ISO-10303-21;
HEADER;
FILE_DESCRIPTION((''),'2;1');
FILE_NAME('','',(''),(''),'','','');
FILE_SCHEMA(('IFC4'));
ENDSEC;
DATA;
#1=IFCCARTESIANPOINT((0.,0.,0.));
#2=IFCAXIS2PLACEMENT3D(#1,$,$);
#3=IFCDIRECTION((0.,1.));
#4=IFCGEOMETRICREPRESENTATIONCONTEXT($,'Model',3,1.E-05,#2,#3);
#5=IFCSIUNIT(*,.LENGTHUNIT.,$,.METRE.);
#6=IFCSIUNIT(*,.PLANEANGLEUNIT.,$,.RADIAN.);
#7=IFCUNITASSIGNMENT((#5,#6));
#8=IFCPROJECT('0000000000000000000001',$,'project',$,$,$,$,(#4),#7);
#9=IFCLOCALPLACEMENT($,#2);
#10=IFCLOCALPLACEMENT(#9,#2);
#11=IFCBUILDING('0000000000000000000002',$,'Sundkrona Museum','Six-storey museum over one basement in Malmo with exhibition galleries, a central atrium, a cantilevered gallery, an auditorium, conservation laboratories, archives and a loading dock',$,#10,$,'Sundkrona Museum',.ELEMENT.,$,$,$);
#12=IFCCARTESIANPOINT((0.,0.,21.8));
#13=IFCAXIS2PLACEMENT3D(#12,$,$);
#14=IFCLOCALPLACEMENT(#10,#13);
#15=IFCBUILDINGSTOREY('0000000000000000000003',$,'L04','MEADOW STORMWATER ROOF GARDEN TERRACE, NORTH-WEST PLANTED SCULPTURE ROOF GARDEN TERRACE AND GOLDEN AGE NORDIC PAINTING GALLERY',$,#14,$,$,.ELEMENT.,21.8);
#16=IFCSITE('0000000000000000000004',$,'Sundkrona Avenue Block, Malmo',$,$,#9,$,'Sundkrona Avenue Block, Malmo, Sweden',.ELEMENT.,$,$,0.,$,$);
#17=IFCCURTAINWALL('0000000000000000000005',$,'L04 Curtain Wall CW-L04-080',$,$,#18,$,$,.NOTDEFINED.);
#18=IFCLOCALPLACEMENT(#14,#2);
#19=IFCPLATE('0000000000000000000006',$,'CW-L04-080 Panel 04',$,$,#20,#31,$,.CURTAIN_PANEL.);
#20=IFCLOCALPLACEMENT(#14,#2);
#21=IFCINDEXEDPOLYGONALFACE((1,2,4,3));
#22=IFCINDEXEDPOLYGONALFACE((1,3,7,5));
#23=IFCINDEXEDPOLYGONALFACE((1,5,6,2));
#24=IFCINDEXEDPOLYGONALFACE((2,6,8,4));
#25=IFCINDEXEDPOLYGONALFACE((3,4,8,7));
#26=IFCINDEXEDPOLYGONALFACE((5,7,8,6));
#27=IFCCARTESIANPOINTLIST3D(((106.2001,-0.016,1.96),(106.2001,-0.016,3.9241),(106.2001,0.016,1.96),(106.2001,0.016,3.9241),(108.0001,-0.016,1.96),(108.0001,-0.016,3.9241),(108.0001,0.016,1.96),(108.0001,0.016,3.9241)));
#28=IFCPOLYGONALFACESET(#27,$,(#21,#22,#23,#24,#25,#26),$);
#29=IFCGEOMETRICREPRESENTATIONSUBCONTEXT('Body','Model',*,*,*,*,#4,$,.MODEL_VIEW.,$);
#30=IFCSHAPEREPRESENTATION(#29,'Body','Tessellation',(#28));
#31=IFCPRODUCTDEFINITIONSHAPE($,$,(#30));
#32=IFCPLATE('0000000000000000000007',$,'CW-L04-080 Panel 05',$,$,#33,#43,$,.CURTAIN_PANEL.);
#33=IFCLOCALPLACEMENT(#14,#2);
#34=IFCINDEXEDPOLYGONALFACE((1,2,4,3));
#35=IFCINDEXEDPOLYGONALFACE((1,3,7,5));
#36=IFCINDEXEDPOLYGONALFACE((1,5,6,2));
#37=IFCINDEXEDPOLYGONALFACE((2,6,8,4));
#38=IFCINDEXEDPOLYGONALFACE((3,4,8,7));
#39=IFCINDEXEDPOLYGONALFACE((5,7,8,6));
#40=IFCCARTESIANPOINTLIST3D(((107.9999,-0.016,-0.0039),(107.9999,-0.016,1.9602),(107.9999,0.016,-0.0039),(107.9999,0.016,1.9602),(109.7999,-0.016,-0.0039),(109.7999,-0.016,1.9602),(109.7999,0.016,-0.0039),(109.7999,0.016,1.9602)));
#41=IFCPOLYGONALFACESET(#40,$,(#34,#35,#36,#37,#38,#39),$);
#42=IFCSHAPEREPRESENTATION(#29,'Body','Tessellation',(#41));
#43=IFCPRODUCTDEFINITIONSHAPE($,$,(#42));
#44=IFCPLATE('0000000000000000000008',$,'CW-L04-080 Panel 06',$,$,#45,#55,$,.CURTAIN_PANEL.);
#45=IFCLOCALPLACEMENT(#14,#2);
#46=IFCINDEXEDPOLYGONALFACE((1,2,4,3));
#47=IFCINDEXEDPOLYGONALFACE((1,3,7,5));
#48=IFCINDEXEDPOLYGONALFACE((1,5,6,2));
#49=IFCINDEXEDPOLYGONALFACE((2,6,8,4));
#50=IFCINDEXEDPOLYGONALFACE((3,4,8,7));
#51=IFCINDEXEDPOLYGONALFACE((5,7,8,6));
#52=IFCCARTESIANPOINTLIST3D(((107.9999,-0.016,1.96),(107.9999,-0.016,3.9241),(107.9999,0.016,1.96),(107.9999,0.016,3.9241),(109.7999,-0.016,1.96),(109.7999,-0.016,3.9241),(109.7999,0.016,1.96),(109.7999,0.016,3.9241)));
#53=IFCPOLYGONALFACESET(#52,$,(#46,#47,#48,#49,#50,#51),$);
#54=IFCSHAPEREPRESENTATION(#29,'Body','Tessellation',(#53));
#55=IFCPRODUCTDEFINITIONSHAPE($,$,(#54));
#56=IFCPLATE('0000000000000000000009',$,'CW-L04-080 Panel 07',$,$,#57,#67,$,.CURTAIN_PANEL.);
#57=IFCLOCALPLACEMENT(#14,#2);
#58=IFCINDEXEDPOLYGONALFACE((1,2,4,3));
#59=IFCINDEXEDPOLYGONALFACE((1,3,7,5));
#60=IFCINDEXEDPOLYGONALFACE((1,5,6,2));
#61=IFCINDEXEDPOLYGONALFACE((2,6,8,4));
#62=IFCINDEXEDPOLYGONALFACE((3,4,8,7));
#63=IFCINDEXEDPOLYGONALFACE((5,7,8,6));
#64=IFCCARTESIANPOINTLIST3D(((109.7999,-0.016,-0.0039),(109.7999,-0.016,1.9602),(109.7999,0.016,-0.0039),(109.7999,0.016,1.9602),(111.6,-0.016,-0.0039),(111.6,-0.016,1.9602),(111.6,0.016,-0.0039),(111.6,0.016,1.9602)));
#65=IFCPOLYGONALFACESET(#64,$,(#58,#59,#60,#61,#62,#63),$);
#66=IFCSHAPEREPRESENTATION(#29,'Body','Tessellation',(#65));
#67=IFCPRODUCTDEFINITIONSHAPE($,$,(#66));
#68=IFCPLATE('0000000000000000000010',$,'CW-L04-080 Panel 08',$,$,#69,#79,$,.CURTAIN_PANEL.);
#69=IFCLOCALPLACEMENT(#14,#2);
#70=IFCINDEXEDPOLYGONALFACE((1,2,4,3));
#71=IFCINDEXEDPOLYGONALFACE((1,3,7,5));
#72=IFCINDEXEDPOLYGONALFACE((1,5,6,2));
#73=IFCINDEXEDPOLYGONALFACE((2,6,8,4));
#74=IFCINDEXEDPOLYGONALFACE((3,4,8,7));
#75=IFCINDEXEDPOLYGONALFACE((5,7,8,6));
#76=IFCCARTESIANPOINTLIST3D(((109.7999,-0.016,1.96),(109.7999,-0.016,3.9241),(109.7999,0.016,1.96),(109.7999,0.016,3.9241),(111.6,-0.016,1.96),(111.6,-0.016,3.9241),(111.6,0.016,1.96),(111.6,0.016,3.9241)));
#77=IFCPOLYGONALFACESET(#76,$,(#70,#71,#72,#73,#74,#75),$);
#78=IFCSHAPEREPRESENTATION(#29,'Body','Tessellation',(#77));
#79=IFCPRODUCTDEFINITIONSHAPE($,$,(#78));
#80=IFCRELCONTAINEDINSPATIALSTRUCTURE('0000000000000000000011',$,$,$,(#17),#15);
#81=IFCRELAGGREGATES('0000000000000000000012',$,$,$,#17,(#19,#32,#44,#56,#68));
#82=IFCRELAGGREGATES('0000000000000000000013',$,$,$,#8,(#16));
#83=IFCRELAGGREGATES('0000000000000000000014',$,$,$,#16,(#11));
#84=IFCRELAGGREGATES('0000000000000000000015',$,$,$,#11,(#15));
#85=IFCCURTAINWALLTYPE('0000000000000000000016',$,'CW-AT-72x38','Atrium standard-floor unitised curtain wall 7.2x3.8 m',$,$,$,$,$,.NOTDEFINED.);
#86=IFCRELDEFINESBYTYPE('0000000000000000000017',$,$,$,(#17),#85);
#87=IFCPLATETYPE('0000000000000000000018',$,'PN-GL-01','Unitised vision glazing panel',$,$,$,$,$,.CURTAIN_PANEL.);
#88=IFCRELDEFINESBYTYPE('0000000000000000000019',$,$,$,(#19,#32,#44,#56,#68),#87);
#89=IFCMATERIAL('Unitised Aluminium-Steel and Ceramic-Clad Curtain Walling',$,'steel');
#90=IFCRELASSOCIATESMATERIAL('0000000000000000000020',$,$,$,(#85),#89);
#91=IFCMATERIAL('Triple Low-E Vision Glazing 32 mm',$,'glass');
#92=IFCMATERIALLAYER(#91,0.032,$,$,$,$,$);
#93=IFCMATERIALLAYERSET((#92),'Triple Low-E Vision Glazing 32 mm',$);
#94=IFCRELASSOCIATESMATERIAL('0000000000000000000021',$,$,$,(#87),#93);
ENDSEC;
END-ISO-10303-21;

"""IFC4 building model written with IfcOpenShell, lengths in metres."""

from ifc_helpers import new_model, si_unit, direction, frame, origin, origin_2d, place, context, subcontext, project, spatial, rectangle, extrude, material, layer, layer_set, type_object, element, aggregate, save


model = new_model("IFC4")

# Units and contexts
model_context = context("Model", 3, precision=1e-05, world=origin(), true_north=direction((0.0, 1.0)))
body_context = subcontext(model_context, "Body", "Model", "MODEL_VIEW")
ifc_project = project(units=[si_unit("LENGTHUNIT", "METRE"), si_unit("PLANEANGLEUNIT", "RADIAN")], contexts=[model_context])

# Site, building, storey
site_placement = place(None, origin())
site = spatial("IfcSite", under=ifc_project, at=site_placement, Name="Sundkrona Avenue Block, Malmo", LongName="Sundkrona Avenue Block, Malmo, Sweden", CompositionType="ELEMENT", RefElevation=0.0)
building_placement = place(site_placement, origin())
building = spatial("IfcBuilding", under=site, at=building_placement, Name="Sundkrona Museum", Description="Six-storey museum over one basement in Malmo with exhibition galleries, a central atrium, a cantilevered gallery, an auditorium, conservation laboratories, archives and a loading dock", LongName="Sundkrona Museum", CompositionType="ELEMENT")
storey_placement = place(building_placement, frame((0.0, 0.0, 21.8)))
storey = spatial("IfcBuildingStorey", under=building, at=storey_placement, Name="L04", Description="MEADOW STORMWATER ROOF GARDEN TERRACE, NORTH-WEST PLANTED SCULPTURE ROOF GARDEN TERRACE AND GOLDEN AGE NORDIC PAINTING GALLERY", CompositionType="ELEMENT", Elevation=21.8)

# Shared definitions
ifc_material_1 = material(Name="Unitised Aluminium-Steel and Ceramic-Clad Curtain Walling", Category="steel")
curtain_wall_type = type_object("IfcCurtainWallType", Name="CW-AT-72x38", Description="Atrium standard-floor unitised curtain wall 7.2x3.8 m", PredefinedType="NOTDEFINED", material=ifc_material_1)

# Curtain wall
curtain_wall_1_placement = place(storey_placement, origin())
curtain_wall_1 = element("IfcCurtainWall", 1, at=curtain_wall_1_placement, inside=storey, type_object=curtain_wall_type, Name="L04 Curtain Wall CW-L04-080", PredefinedType="NOTDEFINED")

# Plates
ifc_material_2 = material(Name="Triple Low-E Vision Glazing 32 mm", Category="glass")
ifc_layer = layer(ifc_material_2, 0.032)
ifc_layer_set = layer_set([ifc_layer], Name="Triple Low-E Vision Glazing 32 mm")
plate_type = type_object("IfcPlateType", Name="PN-GL-01", Description="Unitised vision glazing panel", PredefinedType="CURTAIN_PANEL", material=ifc_layer_set)
plate_1_placement = place(storey_placement, frame((107.1001, 0.0, 1.96), z_axis=(0.0, 0.0, 1.0), x_axis=(1.0, 0.0, 0.0)))
plate_1 = element("IfcPlate", 2, at=plate_1_placement, type_object=plate_type, Name="CW-L04-080 Panel 04", PredefinedType="CURTAIN_PANEL", context=body_context, shape_type="SweptSolid", body=[
    extrude(rectangle(XDim=1.8, YDim=0.032, at=origin_2d()), origin(), (0.0, 0.0, 1.0), 1.9641),
])
plate_2_placement = place(storey_placement, frame((108.8999, 0.0, -0.0039), z_axis=(0.0, 0.0, 1.0), x_axis=(1.0, 0.0, 0.0)))
plate_2 = element("IfcPlate", 3, at=plate_2_placement, type_object=plate_type, Name="CW-L04-080 Panel 05", PredefinedType="CURTAIN_PANEL", context=body_context, shape_type="SweptSolid", body=[
    extrude(rectangle(XDim=1.8, YDim=0.032, at=origin_2d()), origin(), (0.0, 0.0, 1.0), 1.9641),
])
plate_3_placement = place(storey_placement, frame((108.8999, 0.0, 1.96), z_axis=(0.0, 0.0, 1.0), x_axis=(1.0, 0.0, 0.0)))
plate_3 = element("IfcPlate", 4, at=plate_3_placement, type_object=plate_type, Name="CW-L04-080 Panel 06", PredefinedType="CURTAIN_PANEL", context=body_context, shape_type="SweptSolid", body=[
    extrude(rectangle(XDim=1.8, YDim=0.032, at=origin_2d()), origin(), (0.0, 0.0, 1.0), 1.9641),
])
plate_4_placement = place(storey_placement, frame((110.7, 0.0, -0.0039), z_axis=(0.0, 0.0, 1.0), x_axis=(1.0, 0.0, 0.0)))
plate_4 = element("IfcPlate", 5, at=plate_4_placement, type_object=plate_type, Name="CW-L04-080 Panel 07", PredefinedType="CURTAIN_PANEL", context=body_context, shape_type="SweptSolid", body=[
    extrude(rectangle(XDim=1.8, YDim=0.032, at=origin_2d()), origin(), (0.0, 0.0, 1.0), 1.9641),
])
plate_5_placement = place(storey_placement, frame((110.7, 0.0, 1.96), z_axis=(0.0, 0.0, 1.0), x_axis=(1.0, 0.0, 0.0)))
plate_5 = element("IfcPlate", 6, at=plate_5_placement, type_object=plate_type, Name="CW-L04-080 Panel 08", PredefinedType="CURTAIN_PANEL", context=body_context, shape_type="SweptSolid", body=[
    extrude(rectangle(XDim=1.8, YDim=0.032, at=origin_2d()), origin(), (0.0, 0.0, 1.0), 1.9641),
])
aggregate(curtain_wall_1, [plate_1, plate_2, plate_3, plate_4, plate_5])

save(model, "model.ifc")
